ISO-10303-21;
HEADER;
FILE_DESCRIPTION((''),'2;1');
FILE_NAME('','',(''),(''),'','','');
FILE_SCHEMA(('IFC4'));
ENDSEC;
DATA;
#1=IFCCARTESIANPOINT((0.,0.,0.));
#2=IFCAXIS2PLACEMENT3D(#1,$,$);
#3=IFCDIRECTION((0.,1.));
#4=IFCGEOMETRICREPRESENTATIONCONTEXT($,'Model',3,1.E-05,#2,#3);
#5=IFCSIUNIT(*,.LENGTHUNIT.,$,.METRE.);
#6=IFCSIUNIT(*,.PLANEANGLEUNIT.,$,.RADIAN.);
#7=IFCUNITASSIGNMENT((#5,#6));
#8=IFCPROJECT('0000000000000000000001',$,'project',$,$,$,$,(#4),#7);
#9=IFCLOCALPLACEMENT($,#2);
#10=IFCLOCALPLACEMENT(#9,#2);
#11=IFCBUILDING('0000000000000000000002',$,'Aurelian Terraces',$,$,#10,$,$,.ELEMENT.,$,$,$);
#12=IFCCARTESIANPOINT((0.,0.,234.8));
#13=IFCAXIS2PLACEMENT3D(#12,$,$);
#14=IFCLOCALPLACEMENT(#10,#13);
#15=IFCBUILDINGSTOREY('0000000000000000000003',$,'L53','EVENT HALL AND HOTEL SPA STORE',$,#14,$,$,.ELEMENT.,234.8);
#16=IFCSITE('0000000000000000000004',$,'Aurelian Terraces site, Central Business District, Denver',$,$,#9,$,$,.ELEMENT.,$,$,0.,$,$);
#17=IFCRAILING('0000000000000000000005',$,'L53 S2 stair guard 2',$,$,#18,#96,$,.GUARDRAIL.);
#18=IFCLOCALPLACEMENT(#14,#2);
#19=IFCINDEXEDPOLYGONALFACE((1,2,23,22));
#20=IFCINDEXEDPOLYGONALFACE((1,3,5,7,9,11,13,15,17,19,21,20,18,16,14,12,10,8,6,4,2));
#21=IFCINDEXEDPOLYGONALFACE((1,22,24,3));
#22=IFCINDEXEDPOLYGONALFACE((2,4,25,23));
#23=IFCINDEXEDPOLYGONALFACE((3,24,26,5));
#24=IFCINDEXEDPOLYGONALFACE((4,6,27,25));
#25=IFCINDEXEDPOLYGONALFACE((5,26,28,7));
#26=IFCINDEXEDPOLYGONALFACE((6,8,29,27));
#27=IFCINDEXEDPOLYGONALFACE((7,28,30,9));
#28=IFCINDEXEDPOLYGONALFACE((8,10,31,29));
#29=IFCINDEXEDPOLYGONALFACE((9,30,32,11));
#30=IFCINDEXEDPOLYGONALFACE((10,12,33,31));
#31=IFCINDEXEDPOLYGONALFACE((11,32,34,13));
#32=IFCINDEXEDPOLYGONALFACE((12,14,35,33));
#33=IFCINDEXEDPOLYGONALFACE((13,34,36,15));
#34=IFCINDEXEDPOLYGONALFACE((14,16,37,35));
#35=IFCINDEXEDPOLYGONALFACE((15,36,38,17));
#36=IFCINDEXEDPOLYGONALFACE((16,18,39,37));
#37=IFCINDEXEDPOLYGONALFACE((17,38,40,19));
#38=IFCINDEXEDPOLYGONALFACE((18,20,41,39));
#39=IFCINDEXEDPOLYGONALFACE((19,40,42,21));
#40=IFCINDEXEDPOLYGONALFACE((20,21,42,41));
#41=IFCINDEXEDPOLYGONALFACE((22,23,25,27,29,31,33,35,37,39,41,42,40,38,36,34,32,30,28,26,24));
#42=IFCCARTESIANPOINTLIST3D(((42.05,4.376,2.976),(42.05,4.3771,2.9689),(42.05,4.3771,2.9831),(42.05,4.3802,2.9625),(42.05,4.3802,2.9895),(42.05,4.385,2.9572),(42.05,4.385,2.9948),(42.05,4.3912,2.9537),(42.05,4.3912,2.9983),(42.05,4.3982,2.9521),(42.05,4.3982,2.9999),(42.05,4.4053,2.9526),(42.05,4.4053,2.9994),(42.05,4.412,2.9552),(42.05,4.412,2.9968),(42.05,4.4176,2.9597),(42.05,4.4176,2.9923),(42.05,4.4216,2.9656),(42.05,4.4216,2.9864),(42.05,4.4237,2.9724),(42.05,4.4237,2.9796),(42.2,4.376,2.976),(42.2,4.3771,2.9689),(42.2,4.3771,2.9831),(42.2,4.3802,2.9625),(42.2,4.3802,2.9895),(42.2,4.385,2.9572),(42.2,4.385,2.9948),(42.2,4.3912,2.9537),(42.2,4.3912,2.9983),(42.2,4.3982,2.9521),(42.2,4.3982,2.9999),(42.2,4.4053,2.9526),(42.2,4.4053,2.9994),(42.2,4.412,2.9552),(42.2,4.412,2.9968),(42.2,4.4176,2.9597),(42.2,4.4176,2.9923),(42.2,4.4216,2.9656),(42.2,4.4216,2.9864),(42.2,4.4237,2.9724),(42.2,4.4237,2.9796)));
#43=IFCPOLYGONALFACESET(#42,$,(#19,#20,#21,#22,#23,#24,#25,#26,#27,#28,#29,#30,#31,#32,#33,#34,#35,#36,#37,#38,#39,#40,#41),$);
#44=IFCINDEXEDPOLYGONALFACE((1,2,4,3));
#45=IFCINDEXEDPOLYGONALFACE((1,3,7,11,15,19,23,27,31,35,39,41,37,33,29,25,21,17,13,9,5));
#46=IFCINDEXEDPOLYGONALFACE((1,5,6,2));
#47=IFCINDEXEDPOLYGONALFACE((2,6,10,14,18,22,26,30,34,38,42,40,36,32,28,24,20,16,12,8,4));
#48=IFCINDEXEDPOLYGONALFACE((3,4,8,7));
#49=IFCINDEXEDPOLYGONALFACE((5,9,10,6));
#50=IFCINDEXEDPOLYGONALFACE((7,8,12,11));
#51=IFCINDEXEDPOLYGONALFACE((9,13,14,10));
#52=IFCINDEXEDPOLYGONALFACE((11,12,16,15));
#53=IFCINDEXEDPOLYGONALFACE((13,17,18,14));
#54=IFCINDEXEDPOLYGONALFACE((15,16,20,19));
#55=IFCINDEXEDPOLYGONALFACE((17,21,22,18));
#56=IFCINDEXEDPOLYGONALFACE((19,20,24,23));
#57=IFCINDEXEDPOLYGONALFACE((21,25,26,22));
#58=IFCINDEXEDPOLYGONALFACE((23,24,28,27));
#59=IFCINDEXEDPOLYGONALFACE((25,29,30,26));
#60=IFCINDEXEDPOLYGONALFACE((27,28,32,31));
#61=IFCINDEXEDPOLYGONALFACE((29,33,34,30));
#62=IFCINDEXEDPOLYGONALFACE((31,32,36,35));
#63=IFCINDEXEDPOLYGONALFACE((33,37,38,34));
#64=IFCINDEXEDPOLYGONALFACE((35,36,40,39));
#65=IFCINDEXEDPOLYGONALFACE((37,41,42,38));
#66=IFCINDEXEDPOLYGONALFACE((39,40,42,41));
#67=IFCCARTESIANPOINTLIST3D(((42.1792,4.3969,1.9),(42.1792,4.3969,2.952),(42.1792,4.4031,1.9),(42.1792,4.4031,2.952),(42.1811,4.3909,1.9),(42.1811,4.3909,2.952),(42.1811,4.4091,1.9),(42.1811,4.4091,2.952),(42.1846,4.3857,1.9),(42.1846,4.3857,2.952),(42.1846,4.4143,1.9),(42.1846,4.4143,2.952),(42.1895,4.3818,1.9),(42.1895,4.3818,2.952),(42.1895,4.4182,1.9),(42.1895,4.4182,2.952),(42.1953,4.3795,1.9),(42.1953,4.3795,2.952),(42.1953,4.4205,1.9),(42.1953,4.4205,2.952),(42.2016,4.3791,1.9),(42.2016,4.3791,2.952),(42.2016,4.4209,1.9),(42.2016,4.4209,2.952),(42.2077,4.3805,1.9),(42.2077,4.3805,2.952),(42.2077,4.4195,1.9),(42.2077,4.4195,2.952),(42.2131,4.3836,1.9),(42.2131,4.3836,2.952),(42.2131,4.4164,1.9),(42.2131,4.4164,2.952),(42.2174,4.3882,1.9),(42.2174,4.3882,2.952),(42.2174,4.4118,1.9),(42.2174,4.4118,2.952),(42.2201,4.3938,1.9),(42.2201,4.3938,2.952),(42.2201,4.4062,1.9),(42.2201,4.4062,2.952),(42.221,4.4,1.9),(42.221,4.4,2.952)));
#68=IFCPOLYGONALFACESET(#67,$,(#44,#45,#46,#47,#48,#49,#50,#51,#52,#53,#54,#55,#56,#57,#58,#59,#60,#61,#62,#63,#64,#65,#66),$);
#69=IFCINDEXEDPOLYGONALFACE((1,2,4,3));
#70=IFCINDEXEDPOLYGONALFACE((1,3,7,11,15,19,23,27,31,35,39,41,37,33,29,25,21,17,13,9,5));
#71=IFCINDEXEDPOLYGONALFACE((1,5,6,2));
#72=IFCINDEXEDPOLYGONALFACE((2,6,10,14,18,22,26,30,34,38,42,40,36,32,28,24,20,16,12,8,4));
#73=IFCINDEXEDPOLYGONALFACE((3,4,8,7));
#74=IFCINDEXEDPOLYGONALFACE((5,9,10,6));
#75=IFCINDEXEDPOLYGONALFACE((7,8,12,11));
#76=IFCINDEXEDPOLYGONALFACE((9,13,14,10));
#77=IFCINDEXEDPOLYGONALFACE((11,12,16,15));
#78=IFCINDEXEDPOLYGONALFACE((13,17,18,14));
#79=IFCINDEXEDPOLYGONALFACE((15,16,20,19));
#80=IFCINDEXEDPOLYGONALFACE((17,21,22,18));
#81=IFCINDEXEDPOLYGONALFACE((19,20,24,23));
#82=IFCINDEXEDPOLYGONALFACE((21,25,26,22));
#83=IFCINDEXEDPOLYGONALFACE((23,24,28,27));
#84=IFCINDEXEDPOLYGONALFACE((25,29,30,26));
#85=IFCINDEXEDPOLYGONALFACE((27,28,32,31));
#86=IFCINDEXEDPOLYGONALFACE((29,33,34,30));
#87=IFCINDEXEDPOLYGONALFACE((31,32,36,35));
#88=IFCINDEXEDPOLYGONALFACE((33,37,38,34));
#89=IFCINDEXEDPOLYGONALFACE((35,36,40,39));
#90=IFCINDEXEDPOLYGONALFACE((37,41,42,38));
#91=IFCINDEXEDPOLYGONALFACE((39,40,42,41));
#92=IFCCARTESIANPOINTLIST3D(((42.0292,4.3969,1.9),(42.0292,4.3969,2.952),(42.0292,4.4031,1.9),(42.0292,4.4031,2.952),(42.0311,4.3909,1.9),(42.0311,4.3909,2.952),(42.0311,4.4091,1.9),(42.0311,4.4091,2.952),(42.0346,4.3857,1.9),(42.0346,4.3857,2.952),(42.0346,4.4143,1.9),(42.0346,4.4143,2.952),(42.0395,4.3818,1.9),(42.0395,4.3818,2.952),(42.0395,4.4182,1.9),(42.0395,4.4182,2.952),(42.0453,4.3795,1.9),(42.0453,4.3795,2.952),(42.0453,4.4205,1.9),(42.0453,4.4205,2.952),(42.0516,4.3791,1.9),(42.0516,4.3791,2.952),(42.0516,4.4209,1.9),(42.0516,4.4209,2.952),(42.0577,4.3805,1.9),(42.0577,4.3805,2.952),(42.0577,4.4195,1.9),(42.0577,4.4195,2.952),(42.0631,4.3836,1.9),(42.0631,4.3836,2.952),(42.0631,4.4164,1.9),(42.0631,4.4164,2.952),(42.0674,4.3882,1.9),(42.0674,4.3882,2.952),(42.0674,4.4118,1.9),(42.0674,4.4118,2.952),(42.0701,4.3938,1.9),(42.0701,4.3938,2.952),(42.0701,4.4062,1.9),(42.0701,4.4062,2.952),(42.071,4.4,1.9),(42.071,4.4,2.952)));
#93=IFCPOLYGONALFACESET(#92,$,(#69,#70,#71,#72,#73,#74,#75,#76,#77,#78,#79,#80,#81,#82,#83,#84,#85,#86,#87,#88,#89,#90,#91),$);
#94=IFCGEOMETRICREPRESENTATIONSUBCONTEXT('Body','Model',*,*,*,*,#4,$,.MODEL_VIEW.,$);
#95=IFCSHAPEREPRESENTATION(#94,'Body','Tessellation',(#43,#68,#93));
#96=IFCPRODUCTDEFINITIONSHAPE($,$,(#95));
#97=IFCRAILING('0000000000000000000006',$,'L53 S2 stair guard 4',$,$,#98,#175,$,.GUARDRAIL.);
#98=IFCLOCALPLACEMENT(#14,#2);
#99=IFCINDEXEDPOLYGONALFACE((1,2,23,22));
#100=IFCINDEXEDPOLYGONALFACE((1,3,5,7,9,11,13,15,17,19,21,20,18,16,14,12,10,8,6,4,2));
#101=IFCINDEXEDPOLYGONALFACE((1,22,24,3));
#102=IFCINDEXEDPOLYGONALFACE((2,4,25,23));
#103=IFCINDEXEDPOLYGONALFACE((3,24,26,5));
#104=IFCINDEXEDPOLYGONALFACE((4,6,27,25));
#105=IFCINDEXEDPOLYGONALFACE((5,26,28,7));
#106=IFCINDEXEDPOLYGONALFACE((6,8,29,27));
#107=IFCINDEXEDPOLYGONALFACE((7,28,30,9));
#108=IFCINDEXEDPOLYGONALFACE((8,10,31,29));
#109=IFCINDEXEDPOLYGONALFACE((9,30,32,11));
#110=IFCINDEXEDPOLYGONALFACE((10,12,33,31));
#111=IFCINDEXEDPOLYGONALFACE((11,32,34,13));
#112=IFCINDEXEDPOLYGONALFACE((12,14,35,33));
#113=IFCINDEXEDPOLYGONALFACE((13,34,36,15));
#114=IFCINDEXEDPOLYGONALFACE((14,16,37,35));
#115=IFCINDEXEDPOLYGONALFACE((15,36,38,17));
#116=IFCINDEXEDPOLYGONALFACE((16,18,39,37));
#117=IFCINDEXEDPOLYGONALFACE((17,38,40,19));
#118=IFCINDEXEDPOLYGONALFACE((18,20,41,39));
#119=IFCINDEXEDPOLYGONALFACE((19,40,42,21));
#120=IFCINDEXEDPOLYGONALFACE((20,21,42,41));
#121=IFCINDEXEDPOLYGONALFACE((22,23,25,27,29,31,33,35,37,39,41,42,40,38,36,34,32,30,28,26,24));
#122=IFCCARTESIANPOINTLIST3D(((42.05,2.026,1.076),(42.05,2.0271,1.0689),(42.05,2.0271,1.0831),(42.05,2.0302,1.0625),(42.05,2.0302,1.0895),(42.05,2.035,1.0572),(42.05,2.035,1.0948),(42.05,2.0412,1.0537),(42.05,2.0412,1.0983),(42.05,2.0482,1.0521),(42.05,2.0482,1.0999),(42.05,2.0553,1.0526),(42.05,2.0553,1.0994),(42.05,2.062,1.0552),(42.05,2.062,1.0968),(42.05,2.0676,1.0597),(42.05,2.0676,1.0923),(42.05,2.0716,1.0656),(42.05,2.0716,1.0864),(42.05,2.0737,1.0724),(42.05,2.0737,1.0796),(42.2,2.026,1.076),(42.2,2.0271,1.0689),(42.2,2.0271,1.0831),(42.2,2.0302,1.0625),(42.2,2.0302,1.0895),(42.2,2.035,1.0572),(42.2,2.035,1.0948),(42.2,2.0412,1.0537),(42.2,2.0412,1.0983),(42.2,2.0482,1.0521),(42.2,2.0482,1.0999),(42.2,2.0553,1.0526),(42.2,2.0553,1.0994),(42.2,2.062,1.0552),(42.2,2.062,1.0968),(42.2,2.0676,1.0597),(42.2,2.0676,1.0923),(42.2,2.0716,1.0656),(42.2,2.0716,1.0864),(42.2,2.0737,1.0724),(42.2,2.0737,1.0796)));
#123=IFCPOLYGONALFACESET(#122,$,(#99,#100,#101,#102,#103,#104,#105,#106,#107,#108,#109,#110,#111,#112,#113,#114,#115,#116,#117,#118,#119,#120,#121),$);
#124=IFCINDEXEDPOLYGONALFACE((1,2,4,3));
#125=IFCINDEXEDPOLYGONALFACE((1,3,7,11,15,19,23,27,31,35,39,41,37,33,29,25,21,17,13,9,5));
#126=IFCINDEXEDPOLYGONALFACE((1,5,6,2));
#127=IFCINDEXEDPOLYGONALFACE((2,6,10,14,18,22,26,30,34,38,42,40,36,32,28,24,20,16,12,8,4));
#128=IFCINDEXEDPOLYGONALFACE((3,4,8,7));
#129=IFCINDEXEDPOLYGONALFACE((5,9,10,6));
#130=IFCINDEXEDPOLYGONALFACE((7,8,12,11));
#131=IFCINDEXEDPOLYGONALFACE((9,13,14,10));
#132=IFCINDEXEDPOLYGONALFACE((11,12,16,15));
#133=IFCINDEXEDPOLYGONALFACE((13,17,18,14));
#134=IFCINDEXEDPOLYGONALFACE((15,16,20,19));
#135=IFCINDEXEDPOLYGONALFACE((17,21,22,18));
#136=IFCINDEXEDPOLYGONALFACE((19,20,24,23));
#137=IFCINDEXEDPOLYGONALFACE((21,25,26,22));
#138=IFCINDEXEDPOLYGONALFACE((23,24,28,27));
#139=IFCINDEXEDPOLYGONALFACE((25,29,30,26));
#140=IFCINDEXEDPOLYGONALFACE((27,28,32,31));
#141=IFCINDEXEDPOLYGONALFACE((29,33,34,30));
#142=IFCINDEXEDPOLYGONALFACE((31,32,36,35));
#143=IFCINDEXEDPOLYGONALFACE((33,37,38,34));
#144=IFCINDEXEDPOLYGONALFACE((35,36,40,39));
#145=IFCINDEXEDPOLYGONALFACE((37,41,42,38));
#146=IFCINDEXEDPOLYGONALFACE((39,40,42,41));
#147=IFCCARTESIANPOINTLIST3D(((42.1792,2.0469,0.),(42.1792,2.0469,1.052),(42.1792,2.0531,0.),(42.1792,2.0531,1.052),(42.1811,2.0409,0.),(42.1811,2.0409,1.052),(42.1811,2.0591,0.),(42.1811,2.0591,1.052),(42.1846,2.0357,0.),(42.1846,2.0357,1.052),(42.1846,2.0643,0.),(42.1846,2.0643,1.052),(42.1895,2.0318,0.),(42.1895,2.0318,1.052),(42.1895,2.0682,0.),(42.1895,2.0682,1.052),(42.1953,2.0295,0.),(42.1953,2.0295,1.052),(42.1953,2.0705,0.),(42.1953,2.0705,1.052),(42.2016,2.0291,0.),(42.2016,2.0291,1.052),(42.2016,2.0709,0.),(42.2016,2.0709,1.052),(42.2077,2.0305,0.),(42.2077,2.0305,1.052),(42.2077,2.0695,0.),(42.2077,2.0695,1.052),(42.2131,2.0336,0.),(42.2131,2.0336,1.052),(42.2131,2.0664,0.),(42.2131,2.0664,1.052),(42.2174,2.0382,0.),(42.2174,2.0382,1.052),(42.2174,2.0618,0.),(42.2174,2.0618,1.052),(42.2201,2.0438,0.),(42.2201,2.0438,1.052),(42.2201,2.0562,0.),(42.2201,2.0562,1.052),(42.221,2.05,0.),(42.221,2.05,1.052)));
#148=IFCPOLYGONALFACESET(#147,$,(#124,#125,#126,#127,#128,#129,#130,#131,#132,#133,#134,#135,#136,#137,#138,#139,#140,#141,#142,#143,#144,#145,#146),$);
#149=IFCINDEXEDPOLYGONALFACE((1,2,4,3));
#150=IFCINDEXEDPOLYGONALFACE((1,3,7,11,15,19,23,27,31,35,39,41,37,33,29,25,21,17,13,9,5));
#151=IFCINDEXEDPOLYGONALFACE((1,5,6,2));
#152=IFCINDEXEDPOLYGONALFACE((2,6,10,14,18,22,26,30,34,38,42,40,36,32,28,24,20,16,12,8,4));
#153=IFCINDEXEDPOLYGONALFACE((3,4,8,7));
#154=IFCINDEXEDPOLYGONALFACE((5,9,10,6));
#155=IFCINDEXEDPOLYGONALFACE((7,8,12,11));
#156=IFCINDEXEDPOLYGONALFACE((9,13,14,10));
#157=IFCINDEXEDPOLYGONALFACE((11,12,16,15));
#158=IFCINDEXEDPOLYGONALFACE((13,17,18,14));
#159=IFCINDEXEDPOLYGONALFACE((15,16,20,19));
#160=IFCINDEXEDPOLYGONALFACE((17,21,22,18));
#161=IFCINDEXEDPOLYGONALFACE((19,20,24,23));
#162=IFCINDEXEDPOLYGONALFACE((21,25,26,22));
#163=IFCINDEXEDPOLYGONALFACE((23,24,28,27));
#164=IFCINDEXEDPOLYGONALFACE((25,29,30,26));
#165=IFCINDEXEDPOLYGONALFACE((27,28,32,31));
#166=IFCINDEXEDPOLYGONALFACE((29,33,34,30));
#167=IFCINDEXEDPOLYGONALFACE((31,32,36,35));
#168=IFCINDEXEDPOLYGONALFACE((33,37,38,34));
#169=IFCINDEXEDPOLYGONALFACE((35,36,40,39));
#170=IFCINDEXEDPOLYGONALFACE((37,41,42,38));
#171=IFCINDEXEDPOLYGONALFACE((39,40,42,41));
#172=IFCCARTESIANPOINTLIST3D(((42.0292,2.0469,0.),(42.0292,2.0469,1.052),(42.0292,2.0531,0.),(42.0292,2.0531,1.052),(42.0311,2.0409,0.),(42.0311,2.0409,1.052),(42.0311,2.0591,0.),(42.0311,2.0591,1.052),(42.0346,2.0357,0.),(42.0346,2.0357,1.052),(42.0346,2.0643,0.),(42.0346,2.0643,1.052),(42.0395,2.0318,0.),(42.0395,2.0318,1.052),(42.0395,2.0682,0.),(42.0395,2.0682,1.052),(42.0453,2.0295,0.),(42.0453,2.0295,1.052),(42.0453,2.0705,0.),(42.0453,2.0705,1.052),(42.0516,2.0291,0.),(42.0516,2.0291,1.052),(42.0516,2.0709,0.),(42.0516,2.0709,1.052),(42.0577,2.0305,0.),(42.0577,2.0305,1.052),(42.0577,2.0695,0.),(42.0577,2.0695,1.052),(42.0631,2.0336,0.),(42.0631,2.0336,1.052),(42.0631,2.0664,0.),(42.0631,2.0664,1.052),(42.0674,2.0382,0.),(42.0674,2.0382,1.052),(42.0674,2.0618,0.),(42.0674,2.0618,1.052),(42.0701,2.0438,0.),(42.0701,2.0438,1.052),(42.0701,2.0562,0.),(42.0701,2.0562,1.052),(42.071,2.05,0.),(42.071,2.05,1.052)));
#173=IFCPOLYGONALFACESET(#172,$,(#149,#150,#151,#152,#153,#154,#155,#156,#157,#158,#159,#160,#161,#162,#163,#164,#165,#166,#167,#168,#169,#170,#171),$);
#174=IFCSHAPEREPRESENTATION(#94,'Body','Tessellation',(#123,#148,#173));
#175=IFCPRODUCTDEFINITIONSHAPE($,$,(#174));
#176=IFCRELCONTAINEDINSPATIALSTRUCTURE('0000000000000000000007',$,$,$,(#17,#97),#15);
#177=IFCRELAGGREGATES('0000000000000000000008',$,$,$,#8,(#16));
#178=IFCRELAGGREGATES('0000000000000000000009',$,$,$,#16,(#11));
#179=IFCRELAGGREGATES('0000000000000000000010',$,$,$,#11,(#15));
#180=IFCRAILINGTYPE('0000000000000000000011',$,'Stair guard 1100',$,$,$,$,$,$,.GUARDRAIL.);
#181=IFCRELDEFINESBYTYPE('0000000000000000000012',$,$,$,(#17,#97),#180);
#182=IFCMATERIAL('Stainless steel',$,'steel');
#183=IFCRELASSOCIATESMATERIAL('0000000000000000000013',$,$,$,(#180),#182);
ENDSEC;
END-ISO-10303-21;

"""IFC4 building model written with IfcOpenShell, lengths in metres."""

from ifc_helpers import new_model, si_unit, direction, frame, origin, origin_2d, place, context, subcontext, project, spatial, circle, extrude, source, transform, mapped, material, type_object, element, save


model = new_model("IFC4")

# Units and contexts
model_context = context("Model", 3, precision=1e-05, world=origin(), true_north=direction((0.0, 1.0)))
body_context = subcontext(model_context, "Body", "Model", "MODEL_VIEW")
ifc_project = project(units=[si_unit("LENGTHUNIT", "METRE"), si_unit("PLANEANGLEUNIT", "RADIAN")], contexts=[model_context])

# Site, building, storey
site_placement = place(None, origin())
site = spatial("IfcSite", under=ifc_project, at=site_placement, Name="Aurelian Terraces site, Central Business District, Denver", CompositionType="ELEMENT", RefElevation=0.0)
building_placement = place(site_placement, origin())
building = spatial("IfcBuilding", under=site, at=building_placement, Name="Aurelian Terraces", CompositionType="ELEMENT")
storey_placement = place(building_placement, frame((0.0, 0.0, 234.8)))
storey = spatial("IfcBuildingStorey", under=building, at=storey_placement, Name="L53", Description="EVENT HALL AND HOTEL SPA STORE", CompositionType="ELEMENT", Elevation=234.8)

# Railings
ifc_material_1 = material(Name="Stainless steel", Category="steel")
railing_type_1 = type_object("IfcRailingType", Name="Stair guard 1100", PredefinedType="GUARDRAIL", material=ifc_material_1)
shared_shape_1 = source(origin(), body_context, "Body", "SweptSolid", [
    extrude(circle(Radius=0.024, at=origin_2d()), frame((0.0, 0.0, 1.076), z_axis=(-1.0, 0.0, 0.0), x_axis=(0.0, -1.0, 0.0)), (0.0, 0.0, 1.0), 0.15),
    extrude(circle(Radius=0.021, at=origin_2d()), origin(), (0.0, 0.0, 1.0), 1.052),
    extrude(circle(Radius=0.021, at=origin_2d()), frame((-0.15, 0.0, 0.0)), (0.0, 0.0, 1.0), 1.052),
])
for number, where, name in (
    (1, (42.2, 4.4, 1.9), "L53 S2 stair guard 2"),
    (2, (42.2, 2.05, 0.0), "L53 S2 stair guard 4"),
):
    element("IfcRailing", number, at=place(storey_placement, frame(where)), inside=storey, type_object=railing_type_1, Name=name, PredefinedType="GUARDRAIL", context=body_context, shape_type="MappedRepresentation", body=[
        mapped(shared_shape_1, transform((0.0, 0.0, 0.0), scale=1.0)),
    ])

save(model, "model.ifc")
